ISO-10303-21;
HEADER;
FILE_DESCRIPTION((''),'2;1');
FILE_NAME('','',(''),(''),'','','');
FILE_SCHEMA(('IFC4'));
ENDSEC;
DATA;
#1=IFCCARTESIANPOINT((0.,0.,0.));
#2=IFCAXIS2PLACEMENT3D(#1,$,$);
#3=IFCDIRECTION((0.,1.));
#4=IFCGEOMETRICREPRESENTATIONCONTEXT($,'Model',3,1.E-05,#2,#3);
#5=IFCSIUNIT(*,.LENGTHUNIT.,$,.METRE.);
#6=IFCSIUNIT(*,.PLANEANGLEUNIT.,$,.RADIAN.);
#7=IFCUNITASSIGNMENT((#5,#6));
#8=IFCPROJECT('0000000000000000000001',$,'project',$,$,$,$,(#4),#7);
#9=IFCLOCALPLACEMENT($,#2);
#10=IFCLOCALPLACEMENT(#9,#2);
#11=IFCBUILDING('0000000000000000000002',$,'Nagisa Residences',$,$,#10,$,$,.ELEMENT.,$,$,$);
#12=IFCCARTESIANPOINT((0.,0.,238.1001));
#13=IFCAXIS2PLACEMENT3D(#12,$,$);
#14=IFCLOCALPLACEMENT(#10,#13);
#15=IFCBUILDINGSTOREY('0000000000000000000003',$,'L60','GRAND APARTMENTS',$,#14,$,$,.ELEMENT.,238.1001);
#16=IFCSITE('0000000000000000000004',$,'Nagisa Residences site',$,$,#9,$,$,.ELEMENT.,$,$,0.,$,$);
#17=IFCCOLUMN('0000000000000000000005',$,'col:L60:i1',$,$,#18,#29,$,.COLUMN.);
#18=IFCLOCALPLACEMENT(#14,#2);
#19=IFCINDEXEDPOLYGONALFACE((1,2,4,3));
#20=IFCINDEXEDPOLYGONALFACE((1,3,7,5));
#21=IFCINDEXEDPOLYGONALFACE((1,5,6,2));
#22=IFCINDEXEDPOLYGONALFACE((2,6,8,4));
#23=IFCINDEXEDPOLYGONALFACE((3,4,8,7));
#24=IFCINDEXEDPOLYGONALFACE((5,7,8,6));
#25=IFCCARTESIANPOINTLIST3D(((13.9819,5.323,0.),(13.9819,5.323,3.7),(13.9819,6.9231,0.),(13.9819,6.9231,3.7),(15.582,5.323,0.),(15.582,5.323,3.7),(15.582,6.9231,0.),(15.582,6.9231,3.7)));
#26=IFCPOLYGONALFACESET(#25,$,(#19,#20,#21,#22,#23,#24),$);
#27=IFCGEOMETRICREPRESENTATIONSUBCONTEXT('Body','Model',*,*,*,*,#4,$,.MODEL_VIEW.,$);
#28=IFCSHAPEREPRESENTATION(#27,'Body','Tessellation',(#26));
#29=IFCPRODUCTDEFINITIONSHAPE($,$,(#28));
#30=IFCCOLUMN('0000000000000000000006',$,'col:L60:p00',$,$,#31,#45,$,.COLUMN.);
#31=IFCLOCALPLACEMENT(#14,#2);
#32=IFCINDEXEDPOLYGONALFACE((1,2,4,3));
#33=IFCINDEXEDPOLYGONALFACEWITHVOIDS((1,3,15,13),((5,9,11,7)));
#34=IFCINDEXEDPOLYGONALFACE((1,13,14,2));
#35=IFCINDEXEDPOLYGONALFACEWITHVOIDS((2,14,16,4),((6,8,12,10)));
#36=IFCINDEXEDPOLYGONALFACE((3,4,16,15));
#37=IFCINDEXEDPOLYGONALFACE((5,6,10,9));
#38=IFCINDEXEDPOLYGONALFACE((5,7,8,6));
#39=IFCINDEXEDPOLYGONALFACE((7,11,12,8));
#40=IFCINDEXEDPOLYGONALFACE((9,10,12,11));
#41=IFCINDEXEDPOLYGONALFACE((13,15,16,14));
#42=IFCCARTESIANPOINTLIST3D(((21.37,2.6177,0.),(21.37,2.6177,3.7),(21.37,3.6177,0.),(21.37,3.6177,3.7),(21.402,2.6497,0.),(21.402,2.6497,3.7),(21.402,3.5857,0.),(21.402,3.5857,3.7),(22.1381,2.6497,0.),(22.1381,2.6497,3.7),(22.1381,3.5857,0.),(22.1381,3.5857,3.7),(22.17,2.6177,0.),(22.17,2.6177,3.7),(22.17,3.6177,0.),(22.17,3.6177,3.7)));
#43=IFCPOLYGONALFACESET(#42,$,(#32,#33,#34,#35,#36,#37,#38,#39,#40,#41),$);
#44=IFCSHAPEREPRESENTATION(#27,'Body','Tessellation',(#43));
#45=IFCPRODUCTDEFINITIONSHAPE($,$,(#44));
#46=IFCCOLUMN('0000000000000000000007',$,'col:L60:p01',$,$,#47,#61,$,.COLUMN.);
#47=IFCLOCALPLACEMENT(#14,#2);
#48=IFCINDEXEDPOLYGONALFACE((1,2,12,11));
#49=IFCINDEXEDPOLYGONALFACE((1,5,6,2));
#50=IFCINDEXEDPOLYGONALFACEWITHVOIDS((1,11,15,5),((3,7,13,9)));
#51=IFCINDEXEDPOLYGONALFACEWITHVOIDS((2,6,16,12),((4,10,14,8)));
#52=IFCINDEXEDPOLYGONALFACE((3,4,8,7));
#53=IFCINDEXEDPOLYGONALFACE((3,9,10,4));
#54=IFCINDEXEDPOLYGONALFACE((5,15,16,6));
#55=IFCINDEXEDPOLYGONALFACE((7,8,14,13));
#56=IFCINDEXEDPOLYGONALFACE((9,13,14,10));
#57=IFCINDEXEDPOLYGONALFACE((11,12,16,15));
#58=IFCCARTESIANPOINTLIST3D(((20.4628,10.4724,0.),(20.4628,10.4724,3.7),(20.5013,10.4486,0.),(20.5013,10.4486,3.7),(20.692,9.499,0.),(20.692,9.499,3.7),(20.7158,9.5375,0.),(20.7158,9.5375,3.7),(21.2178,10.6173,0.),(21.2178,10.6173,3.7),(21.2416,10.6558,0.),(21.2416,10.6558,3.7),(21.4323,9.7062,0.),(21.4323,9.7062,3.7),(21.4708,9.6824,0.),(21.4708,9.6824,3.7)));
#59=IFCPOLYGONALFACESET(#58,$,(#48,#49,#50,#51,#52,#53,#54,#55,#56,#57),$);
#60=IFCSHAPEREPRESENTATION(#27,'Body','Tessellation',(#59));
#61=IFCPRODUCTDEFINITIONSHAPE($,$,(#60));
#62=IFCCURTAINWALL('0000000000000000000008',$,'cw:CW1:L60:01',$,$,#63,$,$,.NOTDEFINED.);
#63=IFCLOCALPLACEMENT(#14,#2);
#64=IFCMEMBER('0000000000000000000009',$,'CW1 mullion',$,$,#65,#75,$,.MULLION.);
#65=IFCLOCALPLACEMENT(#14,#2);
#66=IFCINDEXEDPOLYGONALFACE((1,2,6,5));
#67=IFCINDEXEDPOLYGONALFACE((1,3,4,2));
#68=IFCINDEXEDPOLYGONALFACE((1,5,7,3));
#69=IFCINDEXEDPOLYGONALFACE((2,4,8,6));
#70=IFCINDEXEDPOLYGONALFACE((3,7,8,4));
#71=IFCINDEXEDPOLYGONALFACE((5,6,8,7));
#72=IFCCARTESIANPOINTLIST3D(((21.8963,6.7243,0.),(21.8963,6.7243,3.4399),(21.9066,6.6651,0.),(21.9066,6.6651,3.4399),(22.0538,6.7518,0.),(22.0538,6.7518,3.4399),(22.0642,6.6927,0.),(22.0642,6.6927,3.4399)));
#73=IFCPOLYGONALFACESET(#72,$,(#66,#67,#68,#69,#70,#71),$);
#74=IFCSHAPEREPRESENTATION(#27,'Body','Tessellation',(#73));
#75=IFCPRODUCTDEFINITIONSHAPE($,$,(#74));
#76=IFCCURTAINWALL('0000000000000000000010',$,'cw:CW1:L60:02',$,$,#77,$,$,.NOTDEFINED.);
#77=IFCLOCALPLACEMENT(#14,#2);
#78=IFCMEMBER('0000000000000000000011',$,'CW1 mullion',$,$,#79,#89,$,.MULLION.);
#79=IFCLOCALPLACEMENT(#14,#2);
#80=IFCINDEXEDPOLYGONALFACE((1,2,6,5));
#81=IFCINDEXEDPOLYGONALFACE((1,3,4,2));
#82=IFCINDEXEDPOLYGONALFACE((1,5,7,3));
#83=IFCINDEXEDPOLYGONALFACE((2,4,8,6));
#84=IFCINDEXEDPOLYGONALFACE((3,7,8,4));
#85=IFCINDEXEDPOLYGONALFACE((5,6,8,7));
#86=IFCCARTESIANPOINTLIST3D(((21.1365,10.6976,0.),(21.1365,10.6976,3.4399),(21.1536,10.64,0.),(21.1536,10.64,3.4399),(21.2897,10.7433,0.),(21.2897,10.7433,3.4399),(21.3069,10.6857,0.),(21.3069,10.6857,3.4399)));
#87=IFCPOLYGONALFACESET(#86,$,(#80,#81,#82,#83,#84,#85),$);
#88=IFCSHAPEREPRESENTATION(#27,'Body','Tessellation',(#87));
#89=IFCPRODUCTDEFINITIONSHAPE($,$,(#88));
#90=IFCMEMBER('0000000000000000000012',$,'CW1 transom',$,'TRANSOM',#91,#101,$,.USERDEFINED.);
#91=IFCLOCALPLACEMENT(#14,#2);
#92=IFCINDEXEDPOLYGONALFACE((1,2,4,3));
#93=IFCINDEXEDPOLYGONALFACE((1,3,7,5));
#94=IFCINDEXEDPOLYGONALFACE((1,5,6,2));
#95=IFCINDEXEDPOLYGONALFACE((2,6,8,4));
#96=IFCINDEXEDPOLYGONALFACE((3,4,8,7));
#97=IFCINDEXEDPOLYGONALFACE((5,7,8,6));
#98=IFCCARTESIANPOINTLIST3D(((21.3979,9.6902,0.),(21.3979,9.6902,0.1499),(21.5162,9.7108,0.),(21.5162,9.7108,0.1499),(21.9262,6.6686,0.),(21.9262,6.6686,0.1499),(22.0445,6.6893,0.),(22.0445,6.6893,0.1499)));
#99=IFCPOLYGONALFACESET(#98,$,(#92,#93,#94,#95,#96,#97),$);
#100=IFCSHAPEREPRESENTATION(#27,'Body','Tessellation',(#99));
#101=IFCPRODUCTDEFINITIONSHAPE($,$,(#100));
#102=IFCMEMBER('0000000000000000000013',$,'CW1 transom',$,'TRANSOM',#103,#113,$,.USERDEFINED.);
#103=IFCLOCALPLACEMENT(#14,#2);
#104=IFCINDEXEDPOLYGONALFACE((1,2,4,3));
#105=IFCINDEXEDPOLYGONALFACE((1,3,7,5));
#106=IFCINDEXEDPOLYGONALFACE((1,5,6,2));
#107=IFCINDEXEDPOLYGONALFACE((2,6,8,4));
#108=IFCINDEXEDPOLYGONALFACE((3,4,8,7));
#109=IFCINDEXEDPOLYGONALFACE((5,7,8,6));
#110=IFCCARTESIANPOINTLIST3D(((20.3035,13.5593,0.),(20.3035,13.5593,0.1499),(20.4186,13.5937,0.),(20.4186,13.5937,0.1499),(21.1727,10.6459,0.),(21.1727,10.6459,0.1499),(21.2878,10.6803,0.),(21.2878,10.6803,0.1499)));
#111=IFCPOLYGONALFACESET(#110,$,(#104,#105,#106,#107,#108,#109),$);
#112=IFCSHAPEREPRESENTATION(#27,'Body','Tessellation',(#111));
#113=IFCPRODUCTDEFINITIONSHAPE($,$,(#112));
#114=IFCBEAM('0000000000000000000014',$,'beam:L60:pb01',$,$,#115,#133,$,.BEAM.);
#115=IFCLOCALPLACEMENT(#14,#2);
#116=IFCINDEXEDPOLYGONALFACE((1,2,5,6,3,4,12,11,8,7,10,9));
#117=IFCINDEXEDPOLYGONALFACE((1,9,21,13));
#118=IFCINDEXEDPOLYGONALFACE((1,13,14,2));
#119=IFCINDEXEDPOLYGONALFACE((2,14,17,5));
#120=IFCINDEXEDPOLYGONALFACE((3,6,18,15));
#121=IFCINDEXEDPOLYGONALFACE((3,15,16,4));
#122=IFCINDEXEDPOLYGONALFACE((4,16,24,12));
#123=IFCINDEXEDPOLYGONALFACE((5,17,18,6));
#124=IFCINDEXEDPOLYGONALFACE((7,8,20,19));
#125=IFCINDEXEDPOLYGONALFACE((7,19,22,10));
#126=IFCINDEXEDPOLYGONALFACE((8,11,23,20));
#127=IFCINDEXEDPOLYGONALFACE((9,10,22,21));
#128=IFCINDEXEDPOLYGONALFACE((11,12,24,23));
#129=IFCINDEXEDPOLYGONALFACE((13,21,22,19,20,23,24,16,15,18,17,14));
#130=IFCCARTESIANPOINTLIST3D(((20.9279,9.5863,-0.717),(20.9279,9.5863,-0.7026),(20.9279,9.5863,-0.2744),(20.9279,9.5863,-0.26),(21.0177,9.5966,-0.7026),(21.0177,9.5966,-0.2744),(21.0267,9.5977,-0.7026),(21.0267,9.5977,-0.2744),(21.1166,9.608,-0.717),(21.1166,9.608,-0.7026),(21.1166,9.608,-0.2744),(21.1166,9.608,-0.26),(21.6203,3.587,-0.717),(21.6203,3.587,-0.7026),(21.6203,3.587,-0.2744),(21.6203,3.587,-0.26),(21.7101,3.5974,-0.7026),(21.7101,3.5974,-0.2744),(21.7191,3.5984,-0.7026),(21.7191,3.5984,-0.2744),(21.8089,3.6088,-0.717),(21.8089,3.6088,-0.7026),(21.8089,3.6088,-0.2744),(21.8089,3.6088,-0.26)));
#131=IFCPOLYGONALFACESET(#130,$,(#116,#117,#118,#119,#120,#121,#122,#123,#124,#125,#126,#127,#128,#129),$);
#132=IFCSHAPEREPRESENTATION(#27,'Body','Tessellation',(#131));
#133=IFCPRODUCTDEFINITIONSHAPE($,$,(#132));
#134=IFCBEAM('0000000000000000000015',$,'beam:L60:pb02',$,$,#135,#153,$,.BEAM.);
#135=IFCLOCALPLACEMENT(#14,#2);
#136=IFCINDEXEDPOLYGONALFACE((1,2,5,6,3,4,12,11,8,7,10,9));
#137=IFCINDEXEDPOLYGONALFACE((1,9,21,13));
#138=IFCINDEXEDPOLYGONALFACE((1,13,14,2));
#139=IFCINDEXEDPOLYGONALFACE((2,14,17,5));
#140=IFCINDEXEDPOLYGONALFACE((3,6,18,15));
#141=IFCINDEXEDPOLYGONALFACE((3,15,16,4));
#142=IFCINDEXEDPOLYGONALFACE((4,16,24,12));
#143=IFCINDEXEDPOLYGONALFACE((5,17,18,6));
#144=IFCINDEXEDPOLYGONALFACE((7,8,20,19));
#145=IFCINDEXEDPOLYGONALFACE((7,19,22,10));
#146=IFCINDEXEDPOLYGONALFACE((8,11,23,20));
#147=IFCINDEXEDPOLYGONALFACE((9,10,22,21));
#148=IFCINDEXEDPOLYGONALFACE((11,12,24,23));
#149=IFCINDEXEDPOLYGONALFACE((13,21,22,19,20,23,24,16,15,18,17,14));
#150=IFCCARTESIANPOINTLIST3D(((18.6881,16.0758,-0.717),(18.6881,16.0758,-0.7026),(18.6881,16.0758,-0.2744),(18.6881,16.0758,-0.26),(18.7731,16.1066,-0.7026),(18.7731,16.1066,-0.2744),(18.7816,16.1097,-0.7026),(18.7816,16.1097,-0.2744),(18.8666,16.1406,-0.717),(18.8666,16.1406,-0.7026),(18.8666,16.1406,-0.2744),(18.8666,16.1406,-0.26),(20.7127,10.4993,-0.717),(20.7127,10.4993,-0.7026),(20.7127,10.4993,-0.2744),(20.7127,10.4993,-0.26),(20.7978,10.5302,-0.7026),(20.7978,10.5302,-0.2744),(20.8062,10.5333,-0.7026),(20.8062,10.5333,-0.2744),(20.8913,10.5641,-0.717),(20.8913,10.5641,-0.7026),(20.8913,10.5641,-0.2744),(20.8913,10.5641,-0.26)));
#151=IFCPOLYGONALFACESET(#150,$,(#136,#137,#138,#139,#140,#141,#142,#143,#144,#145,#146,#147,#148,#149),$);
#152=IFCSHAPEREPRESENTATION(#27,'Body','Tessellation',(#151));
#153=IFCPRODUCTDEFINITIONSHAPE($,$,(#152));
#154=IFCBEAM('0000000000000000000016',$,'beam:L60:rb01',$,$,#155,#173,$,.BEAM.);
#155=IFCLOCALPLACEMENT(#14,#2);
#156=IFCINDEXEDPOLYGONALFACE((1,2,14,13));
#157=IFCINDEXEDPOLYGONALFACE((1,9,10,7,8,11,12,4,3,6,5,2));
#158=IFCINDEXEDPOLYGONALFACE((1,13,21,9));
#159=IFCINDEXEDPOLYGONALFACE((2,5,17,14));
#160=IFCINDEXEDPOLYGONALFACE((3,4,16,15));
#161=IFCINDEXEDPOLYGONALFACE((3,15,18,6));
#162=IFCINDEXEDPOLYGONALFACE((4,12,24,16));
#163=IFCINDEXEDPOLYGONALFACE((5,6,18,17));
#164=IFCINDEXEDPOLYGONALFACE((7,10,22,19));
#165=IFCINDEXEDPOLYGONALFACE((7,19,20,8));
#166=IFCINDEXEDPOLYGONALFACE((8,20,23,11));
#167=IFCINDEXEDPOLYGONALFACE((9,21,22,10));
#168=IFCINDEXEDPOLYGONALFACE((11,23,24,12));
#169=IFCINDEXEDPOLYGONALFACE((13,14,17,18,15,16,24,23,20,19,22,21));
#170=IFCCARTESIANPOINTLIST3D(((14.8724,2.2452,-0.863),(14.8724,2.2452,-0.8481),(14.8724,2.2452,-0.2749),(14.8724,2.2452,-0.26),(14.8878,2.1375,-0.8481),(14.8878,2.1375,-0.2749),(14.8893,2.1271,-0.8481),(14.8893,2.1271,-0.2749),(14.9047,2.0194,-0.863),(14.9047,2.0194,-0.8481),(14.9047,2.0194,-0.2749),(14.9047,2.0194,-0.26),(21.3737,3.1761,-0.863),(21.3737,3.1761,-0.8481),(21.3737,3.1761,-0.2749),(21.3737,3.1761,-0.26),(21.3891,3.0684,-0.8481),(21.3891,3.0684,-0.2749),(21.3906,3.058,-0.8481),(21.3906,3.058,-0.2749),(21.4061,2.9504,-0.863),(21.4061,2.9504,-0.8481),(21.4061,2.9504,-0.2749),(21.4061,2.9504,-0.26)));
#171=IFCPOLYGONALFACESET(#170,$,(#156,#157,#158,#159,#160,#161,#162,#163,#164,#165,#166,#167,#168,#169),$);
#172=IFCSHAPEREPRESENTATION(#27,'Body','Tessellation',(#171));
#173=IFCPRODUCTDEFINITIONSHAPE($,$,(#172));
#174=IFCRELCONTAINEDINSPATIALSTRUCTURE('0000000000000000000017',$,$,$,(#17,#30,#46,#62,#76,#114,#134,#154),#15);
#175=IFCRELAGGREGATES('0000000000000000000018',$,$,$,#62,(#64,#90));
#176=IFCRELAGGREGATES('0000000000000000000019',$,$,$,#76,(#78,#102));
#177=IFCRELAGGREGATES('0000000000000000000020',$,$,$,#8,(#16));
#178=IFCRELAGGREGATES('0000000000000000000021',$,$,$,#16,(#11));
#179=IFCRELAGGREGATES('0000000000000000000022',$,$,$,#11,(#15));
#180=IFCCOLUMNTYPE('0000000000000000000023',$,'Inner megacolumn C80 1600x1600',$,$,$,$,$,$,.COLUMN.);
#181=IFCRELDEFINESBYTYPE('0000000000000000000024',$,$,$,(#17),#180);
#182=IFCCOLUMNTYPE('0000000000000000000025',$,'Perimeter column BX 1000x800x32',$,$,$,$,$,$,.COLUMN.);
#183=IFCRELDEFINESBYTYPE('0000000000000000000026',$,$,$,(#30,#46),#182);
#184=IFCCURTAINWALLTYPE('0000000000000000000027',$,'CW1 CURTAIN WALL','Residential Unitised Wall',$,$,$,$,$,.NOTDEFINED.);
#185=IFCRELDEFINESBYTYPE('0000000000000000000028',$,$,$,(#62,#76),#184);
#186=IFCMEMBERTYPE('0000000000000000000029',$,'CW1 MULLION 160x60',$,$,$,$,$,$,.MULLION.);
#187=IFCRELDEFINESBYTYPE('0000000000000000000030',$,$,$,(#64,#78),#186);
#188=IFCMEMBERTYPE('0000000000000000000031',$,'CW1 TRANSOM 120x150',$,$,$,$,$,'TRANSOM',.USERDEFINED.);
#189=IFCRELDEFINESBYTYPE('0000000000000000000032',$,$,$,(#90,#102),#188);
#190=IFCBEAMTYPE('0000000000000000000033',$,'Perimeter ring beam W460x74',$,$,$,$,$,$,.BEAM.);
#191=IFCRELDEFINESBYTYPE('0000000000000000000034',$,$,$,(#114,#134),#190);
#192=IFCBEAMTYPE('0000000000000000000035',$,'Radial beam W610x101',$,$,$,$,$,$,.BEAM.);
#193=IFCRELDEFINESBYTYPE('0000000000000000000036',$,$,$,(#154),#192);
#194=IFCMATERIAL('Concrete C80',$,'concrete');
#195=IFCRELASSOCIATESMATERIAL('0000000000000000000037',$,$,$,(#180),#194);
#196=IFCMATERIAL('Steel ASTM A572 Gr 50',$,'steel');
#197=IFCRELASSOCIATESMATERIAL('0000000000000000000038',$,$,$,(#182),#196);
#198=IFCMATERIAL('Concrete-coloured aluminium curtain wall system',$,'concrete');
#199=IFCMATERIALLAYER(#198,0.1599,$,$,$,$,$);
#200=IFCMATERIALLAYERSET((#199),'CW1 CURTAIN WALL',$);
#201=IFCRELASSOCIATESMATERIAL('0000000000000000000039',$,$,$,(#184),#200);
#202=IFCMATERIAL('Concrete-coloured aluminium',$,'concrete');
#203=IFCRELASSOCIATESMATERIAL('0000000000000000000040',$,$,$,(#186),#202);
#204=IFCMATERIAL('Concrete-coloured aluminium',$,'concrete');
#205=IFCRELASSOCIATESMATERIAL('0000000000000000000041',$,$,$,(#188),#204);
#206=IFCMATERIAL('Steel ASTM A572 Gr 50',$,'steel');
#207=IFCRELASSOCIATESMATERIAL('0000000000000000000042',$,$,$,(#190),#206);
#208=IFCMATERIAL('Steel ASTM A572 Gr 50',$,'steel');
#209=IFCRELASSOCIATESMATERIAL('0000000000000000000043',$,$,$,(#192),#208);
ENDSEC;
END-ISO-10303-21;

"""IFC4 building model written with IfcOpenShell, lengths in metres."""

from ifc_helpers import new_model, si_unit, direction, frame, origin, origin_2d, place, context, subcontext, project, spatial, rectangle, hollow_rectangle, i_section, extrude, material, layer, layer_set, material_profile, profile_set, type_object, element, aggregate, save


model = new_model("IFC4")

# Units and contexts
model_context = context("Model", 3, precision=1e-05, world=origin(), true_north=direction((0.0, 1.0)))
body_context = subcontext(model_context, "Body", "Model", "MODEL_VIEW")
ifc_project = project(units=[si_unit("LENGTHUNIT", "METRE"), si_unit("PLANEANGLEUNIT", "RADIAN")], contexts=[model_context])

# Site, building, storey
site_placement = place(None, origin())
site = spatial("IfcSite", under=ifc_project, at=site_placement, Name="Nagisa Residences site", CompositionType="ELEMENT", RefElevation=0.0)
building_placement = place(site_placement, origin())
building = spatial("IfcBuilding", under=site, at=building_placement, Name="Nagisa Residences", CompositionType="ELEMENT")
storey_placement = place(building_placement, frame((0.0, 0.0, 238.1001)))
storey = spatial("IfcBuildingStorey", under=building, at=storey_placement, Name="L60", Description="GRAND APARTMENTS", CompositionType="ELEMENT", Elevation=238.1001)

# Columns
ifc_material_1 = material(Name="Concrete C80", Category="concrete")
ifc_material_profile_1 = material_profile(ifc_material_1, rectangle(XDim=1.6001, YDim=1.6001, at=origin_2d()), Name="C80 1600x1600")
ifc_profile_set_1 = profile_set([ifc_material_profile_1], Name="Concrete C80")
column_type_1 = type_object("IfcColumnType", Name="Inner megacolumn C80 1600x1600", PredefinedType="COLUMN", material=ifc_profile_set_1)
column_placement = place(storey_placement, frame((14.782, 6.123, 0.0), z_axis=(0.0, 0.0, 1.0), x_axis=(1.0, 0.0, 0.0)))
element("IfcColumn", 1, at=column_placement, inside=storey, type_object=column_type_1, Name="col:L60:i1", PredefinedType="COLUMN", context=body_context, shape_type="SweptSolid", body=[
    extrude(rectangle(XDim=1.6001, YDim=1.6001, at=origin_2d()), origin(), (0.0, 0.0, 1.0), 3.7),
])
ifc_material_2 = material(Name="Steel ASTM A572 Gr 50", Category="steel")
ifc_material_profile_2 = material_profile(ifc_material_2, hollow_rectangle(XDim=1.0, YDim=0.8, WallThickness=0.032, at=origin_2d()), Name="BX 1000x800x32")
ifc_profile_set_2 = profile_set([ifc_material_profile_2], Name="Steel ASTM A572 Gr 50")
column_type_2 = type_object("IfcColumnType", Name="Perimeter column BX 1000x800x32", PredefinedType="COLUMN", material=ifc_profile_set_2)
for number, where, z_axis, x_axis, name in (
    (2, (21.77, 3.1177, 0.0), (0.0, 0.0, 1.0), (0.0, 1.0, 0.0), "col:L60:p00"),
    (3, (20.9668, 10.0774, 0.0), (0.0, 0.0, 1.0), (-0.229202, 0.973379, 0.0), "col:L60:p01"),
):
    element("IfcColumn", number, at=place(storey_placement, frame(where, z_axis=z_axis, x_axis=x_axis)), inside=storey, type_object=column_type_2, Name=name, PredefinedType="COLUMN", context=body_context, shape_type="SweptSolid", body=[
        extrude(hollow_rectangle(XDim=1.0, YDim=0.8, WallThickness=0.032, at=origin_2d()), origin(), (0.0, 0.0, 1.0), 3.7),
    ])

# Curtain walls, members
ifc_material_3 = material(Name="Concrete-coloured aluminium curtain wall system", Category="concrete")
ifc_layer_1 = layer(ifc_material_3, 0.1599)
ifc_layer_set_1 = layer_set([ifc_layer_1], Name="CW1 CURTAIN WALL")
curtain_wall_type = type_object("IfcCurtainWallType", Name="CW1 CURTAIN WALL", Description="Residential Unitised Wall", PredefinedType="NOTDEFINED", material=ifc_layer_set_1)
curtain_wall_1_placement = place(storey_placement, origin())
curtain_wall_1 = element("IfcCurtainWall", 4, at=curtain_wall_1_placement, inside=storey, type_object=curtain_wall_type, Name="cw:CW1:L60:01", PredefinedType="NOTDEFINED")
ifc_material_4 = material(Name="Concrete-coloured aluminium", Category="concrete")
ifc_material_profile_3 = material_profile(ifc_material_4, rectangle(XDim=0.1599, YDim=0.0601, at=origin_2d()), Name="CW1 MULLION 160x60")
ifc_profile_set_3 = profile_set([ifc_material_profile_3], Name="Concrete-coloured aluminium")
member_type_1 = type_object("IfcMemberType", Name="CW1 MULLION 160x60", PredefinedType="MULLION", material=ifc_profile_set_3)
member_1_placement = place(storey_placement, frame((21.9802, 6.7085, 0.0), z_axis=(0.0, 0.0, 1.0), x_axis=(-0.985064, -0.172191, 0.0)))
member_1 = element("IfcMember", 5, at=member_1_placement, type_object=member_type_1, Name="CW1 mullion", PredefinedType="MULLION", context=body_context, shape_type="SweptSolid", body=[
    extrude(rectangle(XDim=0.1599, YDim=0.0601, at=origin_2d()), origin(), (0.0, 0.0, 1.0), 3.4399),
])
curtain_wall_2_placement = place(storey_placement, origin())
curtain_wall_2 = element("IfcCurtainWall", 6, at=curtain_wall_2_placement, inside=storey, type_object=curtain_wall_type, Name="cw:CW1:L60:02", PredefinedType="NOTDEFINED")
member_2_placement = place(storey_placement, frame((21.2217, 10.6917, 0.0), z_axis=(0.0, 0.0, 1.0), x_axis=(-0.958271, -0.28586, 0.0)))
member_2 = element("IfcMember", 7, at=member_2_placement, type_object=member_type_1, Name="CW1 mullion", PredefinedType="MULLION", context=body_context, shape_type="SweptSolid", body=[
    extrude(rectangle(XDim=0.1599, YDim=0.0601, at=origin_2d()), origin(), (0.0, 0.0, 1.0), 3.4399),
])

# Members
ifc_material_5 = material(Name="Concrete-coloured aluminium", Category="concrete")
ifc_material_profile_4 = material_profile(ifc_material_5, rectangle(XDim=0.1201, YDim=0.1499, at=origin_2d()), Name="CW1 TRANSOM 120x150")
ifc_profile_set_4 = profile_set([ifc_material_profile_4], Name="Concrete-coloured aluminium")
member_type_2 = type_object("IfcMemberType", Name="CW1 TRANSOM 120x150", ElementType="TRANSOM", PredefinedType="USERDEFINED", material=ifc_profile_set_4)
member_3_placement = place(storey_placement, frame((21.9854, 6.679, 0.075), z_axis=(-0.172241, 0.985055, 0.0), x_axis=(-0.985055, -0.172241, 0.0)))
member_3 = element("IfcMember", 8, at=member_3_placement, type_object=member_type_2, Name="CW1 transom", ObjectType="TRANSOM", PredefinedType="USERDEFINED", context=body_context, shape_type="SweptSolid", body=[
    extrude(rectangle(XDim=0.1201, YDim=0.1499, at=origin_2d()), origin(), (0.0, 0.0, 1.0), 3.0674),
])
member_4_placement = place(storey_placement, frame((21.2302, 10.6631, 0.075), z_axis=(-0.285881, 0.958265, 0.0), x_axis=(-0.958265, -0.285881, 0.0)))
member_4 = element("IfcMember", 9, at=member_4_placement, type_object=member_type_2, Name="CW1 transom", ObjectType="TRANSOM", PredefinedType="USERDEFINED", context=body_context, shape_type="SweptSolid", body=[
    extrude(rectangle(XDim=0.1201, YDim=0.1499, at=origin_2d()), origin(), (0.0, 0.0, 1.0), 3.0403),
])

# Beams
ifc_material_6 = material(Name="Steel ASTM A572 Gr 50", Category="steel")
ifc_material_profile_5 = material_profile(ifc_material_6, i_section(OverallWidth=0.1899, OverallDepth=0.457, WebThickness=0.009, FlangeThickness=0.0144, at=origin_2d()), Name="W460x74")
ifc_profile_set_5 = profile_set([ifc_material_profile_5], Name="Steel ASTM A572 Gr 50")
beam_type_1 = type_object("IfcBeamType", Name="Perimeter ring beam W460x74", PredefinedType="BEAM", material=ifc_profile_set_5)
beam_1_placement = place(storey_placement, frame((21.7146, 3.5979, -0.4885), z_axis=(-0.11465, 0.993406, 0.0), x_axis=(-0.993406, -0.11465, 0.0)))
element("IfcBeam", 10, at=beam_1_placement, inside=storey, type_object=beam_type_1, Name="beam:L60:pb01", PredefinedType="BEAM", context=body_context, shape_type="SweptSolid", body=[
    extrude(i_section(OverallWidth=0.1899, OverallDepth=0.457, WebThickness=0.009, FlangeThickness=0.0144, at=origin_2d()), origin(), (0.0, 0.0, 1.0), 6.0391),
])
beam_2_placement = place(storey_placement, frame((20.802, 10.5317, -0.4885), z_axis=(-0.341277, 0.939963, 0.0), x_axis=(-0.939963, -0.341277, 0.0)))
element("IfcBeam", 11, at=beam_2_placement, inside=storey, type_object=beam_type_1, Name="beam:L60:pb02", PredefinedType="BEAM", context=body_context, shape_type="SweptSolid", body=[
    extrude(i_section(OverallWidth=0.1899, OverallDepth=0.457, WebThickness=0.009, FlangeThickness=0.0144, at=origin_2d()), origin(), (0.0, 0.0, 1.0), 5.9326),
])
ifc_material_7 = material(Name="Steel ASTM A572 Gr 50", Category="steel")
ifc_material_profile_6 = material_profile(ifc_material_7, i_section(OverallWidth=0.228, OverallDepth=0.603, WebThickness=0.0105, FlangeThickness=0.0149, at=origin_2d()), Name="W610x101")
ifc_profile_set_6 = profile_set([ifc_material_profile_6], Name="Steel ASTM A572 Gr 50")
beam_type_2 = type_object("IfcBeamType", Name="Radial beam W610x101", PredefinedType="BEAM", material=ifc_profile_set_6)
beam_3_placement = place(storey_placement, frame((21.3899, 3.0632, -0.5615), z_axis=(-0.989903, -0.141744, 0.0), x_axis=(0.141744, -0.989903, 0.0)))
element("IfcBeam", 12, at=beam_3_placement, inside=storey, type_object=beam_type_2, Name="beam:L60:rb01", PredefinedType="BEAM", context=body_context, shape_type="SweptSolid", body=[
    extrude(i_section(OverallWidth=0.228, OverallDepth=0.603, WebThickness=0.0105, FlangeThickness=0.0149, at=origin_2d()), origin(), (0.0, 0.0, 1.0), 6.5676),
])

aggregate(curtain_wall_1, [member_1, member_3])
aggregate(curtain_wall_2, [member_2, member_4])

save(model, "model.ifc")
